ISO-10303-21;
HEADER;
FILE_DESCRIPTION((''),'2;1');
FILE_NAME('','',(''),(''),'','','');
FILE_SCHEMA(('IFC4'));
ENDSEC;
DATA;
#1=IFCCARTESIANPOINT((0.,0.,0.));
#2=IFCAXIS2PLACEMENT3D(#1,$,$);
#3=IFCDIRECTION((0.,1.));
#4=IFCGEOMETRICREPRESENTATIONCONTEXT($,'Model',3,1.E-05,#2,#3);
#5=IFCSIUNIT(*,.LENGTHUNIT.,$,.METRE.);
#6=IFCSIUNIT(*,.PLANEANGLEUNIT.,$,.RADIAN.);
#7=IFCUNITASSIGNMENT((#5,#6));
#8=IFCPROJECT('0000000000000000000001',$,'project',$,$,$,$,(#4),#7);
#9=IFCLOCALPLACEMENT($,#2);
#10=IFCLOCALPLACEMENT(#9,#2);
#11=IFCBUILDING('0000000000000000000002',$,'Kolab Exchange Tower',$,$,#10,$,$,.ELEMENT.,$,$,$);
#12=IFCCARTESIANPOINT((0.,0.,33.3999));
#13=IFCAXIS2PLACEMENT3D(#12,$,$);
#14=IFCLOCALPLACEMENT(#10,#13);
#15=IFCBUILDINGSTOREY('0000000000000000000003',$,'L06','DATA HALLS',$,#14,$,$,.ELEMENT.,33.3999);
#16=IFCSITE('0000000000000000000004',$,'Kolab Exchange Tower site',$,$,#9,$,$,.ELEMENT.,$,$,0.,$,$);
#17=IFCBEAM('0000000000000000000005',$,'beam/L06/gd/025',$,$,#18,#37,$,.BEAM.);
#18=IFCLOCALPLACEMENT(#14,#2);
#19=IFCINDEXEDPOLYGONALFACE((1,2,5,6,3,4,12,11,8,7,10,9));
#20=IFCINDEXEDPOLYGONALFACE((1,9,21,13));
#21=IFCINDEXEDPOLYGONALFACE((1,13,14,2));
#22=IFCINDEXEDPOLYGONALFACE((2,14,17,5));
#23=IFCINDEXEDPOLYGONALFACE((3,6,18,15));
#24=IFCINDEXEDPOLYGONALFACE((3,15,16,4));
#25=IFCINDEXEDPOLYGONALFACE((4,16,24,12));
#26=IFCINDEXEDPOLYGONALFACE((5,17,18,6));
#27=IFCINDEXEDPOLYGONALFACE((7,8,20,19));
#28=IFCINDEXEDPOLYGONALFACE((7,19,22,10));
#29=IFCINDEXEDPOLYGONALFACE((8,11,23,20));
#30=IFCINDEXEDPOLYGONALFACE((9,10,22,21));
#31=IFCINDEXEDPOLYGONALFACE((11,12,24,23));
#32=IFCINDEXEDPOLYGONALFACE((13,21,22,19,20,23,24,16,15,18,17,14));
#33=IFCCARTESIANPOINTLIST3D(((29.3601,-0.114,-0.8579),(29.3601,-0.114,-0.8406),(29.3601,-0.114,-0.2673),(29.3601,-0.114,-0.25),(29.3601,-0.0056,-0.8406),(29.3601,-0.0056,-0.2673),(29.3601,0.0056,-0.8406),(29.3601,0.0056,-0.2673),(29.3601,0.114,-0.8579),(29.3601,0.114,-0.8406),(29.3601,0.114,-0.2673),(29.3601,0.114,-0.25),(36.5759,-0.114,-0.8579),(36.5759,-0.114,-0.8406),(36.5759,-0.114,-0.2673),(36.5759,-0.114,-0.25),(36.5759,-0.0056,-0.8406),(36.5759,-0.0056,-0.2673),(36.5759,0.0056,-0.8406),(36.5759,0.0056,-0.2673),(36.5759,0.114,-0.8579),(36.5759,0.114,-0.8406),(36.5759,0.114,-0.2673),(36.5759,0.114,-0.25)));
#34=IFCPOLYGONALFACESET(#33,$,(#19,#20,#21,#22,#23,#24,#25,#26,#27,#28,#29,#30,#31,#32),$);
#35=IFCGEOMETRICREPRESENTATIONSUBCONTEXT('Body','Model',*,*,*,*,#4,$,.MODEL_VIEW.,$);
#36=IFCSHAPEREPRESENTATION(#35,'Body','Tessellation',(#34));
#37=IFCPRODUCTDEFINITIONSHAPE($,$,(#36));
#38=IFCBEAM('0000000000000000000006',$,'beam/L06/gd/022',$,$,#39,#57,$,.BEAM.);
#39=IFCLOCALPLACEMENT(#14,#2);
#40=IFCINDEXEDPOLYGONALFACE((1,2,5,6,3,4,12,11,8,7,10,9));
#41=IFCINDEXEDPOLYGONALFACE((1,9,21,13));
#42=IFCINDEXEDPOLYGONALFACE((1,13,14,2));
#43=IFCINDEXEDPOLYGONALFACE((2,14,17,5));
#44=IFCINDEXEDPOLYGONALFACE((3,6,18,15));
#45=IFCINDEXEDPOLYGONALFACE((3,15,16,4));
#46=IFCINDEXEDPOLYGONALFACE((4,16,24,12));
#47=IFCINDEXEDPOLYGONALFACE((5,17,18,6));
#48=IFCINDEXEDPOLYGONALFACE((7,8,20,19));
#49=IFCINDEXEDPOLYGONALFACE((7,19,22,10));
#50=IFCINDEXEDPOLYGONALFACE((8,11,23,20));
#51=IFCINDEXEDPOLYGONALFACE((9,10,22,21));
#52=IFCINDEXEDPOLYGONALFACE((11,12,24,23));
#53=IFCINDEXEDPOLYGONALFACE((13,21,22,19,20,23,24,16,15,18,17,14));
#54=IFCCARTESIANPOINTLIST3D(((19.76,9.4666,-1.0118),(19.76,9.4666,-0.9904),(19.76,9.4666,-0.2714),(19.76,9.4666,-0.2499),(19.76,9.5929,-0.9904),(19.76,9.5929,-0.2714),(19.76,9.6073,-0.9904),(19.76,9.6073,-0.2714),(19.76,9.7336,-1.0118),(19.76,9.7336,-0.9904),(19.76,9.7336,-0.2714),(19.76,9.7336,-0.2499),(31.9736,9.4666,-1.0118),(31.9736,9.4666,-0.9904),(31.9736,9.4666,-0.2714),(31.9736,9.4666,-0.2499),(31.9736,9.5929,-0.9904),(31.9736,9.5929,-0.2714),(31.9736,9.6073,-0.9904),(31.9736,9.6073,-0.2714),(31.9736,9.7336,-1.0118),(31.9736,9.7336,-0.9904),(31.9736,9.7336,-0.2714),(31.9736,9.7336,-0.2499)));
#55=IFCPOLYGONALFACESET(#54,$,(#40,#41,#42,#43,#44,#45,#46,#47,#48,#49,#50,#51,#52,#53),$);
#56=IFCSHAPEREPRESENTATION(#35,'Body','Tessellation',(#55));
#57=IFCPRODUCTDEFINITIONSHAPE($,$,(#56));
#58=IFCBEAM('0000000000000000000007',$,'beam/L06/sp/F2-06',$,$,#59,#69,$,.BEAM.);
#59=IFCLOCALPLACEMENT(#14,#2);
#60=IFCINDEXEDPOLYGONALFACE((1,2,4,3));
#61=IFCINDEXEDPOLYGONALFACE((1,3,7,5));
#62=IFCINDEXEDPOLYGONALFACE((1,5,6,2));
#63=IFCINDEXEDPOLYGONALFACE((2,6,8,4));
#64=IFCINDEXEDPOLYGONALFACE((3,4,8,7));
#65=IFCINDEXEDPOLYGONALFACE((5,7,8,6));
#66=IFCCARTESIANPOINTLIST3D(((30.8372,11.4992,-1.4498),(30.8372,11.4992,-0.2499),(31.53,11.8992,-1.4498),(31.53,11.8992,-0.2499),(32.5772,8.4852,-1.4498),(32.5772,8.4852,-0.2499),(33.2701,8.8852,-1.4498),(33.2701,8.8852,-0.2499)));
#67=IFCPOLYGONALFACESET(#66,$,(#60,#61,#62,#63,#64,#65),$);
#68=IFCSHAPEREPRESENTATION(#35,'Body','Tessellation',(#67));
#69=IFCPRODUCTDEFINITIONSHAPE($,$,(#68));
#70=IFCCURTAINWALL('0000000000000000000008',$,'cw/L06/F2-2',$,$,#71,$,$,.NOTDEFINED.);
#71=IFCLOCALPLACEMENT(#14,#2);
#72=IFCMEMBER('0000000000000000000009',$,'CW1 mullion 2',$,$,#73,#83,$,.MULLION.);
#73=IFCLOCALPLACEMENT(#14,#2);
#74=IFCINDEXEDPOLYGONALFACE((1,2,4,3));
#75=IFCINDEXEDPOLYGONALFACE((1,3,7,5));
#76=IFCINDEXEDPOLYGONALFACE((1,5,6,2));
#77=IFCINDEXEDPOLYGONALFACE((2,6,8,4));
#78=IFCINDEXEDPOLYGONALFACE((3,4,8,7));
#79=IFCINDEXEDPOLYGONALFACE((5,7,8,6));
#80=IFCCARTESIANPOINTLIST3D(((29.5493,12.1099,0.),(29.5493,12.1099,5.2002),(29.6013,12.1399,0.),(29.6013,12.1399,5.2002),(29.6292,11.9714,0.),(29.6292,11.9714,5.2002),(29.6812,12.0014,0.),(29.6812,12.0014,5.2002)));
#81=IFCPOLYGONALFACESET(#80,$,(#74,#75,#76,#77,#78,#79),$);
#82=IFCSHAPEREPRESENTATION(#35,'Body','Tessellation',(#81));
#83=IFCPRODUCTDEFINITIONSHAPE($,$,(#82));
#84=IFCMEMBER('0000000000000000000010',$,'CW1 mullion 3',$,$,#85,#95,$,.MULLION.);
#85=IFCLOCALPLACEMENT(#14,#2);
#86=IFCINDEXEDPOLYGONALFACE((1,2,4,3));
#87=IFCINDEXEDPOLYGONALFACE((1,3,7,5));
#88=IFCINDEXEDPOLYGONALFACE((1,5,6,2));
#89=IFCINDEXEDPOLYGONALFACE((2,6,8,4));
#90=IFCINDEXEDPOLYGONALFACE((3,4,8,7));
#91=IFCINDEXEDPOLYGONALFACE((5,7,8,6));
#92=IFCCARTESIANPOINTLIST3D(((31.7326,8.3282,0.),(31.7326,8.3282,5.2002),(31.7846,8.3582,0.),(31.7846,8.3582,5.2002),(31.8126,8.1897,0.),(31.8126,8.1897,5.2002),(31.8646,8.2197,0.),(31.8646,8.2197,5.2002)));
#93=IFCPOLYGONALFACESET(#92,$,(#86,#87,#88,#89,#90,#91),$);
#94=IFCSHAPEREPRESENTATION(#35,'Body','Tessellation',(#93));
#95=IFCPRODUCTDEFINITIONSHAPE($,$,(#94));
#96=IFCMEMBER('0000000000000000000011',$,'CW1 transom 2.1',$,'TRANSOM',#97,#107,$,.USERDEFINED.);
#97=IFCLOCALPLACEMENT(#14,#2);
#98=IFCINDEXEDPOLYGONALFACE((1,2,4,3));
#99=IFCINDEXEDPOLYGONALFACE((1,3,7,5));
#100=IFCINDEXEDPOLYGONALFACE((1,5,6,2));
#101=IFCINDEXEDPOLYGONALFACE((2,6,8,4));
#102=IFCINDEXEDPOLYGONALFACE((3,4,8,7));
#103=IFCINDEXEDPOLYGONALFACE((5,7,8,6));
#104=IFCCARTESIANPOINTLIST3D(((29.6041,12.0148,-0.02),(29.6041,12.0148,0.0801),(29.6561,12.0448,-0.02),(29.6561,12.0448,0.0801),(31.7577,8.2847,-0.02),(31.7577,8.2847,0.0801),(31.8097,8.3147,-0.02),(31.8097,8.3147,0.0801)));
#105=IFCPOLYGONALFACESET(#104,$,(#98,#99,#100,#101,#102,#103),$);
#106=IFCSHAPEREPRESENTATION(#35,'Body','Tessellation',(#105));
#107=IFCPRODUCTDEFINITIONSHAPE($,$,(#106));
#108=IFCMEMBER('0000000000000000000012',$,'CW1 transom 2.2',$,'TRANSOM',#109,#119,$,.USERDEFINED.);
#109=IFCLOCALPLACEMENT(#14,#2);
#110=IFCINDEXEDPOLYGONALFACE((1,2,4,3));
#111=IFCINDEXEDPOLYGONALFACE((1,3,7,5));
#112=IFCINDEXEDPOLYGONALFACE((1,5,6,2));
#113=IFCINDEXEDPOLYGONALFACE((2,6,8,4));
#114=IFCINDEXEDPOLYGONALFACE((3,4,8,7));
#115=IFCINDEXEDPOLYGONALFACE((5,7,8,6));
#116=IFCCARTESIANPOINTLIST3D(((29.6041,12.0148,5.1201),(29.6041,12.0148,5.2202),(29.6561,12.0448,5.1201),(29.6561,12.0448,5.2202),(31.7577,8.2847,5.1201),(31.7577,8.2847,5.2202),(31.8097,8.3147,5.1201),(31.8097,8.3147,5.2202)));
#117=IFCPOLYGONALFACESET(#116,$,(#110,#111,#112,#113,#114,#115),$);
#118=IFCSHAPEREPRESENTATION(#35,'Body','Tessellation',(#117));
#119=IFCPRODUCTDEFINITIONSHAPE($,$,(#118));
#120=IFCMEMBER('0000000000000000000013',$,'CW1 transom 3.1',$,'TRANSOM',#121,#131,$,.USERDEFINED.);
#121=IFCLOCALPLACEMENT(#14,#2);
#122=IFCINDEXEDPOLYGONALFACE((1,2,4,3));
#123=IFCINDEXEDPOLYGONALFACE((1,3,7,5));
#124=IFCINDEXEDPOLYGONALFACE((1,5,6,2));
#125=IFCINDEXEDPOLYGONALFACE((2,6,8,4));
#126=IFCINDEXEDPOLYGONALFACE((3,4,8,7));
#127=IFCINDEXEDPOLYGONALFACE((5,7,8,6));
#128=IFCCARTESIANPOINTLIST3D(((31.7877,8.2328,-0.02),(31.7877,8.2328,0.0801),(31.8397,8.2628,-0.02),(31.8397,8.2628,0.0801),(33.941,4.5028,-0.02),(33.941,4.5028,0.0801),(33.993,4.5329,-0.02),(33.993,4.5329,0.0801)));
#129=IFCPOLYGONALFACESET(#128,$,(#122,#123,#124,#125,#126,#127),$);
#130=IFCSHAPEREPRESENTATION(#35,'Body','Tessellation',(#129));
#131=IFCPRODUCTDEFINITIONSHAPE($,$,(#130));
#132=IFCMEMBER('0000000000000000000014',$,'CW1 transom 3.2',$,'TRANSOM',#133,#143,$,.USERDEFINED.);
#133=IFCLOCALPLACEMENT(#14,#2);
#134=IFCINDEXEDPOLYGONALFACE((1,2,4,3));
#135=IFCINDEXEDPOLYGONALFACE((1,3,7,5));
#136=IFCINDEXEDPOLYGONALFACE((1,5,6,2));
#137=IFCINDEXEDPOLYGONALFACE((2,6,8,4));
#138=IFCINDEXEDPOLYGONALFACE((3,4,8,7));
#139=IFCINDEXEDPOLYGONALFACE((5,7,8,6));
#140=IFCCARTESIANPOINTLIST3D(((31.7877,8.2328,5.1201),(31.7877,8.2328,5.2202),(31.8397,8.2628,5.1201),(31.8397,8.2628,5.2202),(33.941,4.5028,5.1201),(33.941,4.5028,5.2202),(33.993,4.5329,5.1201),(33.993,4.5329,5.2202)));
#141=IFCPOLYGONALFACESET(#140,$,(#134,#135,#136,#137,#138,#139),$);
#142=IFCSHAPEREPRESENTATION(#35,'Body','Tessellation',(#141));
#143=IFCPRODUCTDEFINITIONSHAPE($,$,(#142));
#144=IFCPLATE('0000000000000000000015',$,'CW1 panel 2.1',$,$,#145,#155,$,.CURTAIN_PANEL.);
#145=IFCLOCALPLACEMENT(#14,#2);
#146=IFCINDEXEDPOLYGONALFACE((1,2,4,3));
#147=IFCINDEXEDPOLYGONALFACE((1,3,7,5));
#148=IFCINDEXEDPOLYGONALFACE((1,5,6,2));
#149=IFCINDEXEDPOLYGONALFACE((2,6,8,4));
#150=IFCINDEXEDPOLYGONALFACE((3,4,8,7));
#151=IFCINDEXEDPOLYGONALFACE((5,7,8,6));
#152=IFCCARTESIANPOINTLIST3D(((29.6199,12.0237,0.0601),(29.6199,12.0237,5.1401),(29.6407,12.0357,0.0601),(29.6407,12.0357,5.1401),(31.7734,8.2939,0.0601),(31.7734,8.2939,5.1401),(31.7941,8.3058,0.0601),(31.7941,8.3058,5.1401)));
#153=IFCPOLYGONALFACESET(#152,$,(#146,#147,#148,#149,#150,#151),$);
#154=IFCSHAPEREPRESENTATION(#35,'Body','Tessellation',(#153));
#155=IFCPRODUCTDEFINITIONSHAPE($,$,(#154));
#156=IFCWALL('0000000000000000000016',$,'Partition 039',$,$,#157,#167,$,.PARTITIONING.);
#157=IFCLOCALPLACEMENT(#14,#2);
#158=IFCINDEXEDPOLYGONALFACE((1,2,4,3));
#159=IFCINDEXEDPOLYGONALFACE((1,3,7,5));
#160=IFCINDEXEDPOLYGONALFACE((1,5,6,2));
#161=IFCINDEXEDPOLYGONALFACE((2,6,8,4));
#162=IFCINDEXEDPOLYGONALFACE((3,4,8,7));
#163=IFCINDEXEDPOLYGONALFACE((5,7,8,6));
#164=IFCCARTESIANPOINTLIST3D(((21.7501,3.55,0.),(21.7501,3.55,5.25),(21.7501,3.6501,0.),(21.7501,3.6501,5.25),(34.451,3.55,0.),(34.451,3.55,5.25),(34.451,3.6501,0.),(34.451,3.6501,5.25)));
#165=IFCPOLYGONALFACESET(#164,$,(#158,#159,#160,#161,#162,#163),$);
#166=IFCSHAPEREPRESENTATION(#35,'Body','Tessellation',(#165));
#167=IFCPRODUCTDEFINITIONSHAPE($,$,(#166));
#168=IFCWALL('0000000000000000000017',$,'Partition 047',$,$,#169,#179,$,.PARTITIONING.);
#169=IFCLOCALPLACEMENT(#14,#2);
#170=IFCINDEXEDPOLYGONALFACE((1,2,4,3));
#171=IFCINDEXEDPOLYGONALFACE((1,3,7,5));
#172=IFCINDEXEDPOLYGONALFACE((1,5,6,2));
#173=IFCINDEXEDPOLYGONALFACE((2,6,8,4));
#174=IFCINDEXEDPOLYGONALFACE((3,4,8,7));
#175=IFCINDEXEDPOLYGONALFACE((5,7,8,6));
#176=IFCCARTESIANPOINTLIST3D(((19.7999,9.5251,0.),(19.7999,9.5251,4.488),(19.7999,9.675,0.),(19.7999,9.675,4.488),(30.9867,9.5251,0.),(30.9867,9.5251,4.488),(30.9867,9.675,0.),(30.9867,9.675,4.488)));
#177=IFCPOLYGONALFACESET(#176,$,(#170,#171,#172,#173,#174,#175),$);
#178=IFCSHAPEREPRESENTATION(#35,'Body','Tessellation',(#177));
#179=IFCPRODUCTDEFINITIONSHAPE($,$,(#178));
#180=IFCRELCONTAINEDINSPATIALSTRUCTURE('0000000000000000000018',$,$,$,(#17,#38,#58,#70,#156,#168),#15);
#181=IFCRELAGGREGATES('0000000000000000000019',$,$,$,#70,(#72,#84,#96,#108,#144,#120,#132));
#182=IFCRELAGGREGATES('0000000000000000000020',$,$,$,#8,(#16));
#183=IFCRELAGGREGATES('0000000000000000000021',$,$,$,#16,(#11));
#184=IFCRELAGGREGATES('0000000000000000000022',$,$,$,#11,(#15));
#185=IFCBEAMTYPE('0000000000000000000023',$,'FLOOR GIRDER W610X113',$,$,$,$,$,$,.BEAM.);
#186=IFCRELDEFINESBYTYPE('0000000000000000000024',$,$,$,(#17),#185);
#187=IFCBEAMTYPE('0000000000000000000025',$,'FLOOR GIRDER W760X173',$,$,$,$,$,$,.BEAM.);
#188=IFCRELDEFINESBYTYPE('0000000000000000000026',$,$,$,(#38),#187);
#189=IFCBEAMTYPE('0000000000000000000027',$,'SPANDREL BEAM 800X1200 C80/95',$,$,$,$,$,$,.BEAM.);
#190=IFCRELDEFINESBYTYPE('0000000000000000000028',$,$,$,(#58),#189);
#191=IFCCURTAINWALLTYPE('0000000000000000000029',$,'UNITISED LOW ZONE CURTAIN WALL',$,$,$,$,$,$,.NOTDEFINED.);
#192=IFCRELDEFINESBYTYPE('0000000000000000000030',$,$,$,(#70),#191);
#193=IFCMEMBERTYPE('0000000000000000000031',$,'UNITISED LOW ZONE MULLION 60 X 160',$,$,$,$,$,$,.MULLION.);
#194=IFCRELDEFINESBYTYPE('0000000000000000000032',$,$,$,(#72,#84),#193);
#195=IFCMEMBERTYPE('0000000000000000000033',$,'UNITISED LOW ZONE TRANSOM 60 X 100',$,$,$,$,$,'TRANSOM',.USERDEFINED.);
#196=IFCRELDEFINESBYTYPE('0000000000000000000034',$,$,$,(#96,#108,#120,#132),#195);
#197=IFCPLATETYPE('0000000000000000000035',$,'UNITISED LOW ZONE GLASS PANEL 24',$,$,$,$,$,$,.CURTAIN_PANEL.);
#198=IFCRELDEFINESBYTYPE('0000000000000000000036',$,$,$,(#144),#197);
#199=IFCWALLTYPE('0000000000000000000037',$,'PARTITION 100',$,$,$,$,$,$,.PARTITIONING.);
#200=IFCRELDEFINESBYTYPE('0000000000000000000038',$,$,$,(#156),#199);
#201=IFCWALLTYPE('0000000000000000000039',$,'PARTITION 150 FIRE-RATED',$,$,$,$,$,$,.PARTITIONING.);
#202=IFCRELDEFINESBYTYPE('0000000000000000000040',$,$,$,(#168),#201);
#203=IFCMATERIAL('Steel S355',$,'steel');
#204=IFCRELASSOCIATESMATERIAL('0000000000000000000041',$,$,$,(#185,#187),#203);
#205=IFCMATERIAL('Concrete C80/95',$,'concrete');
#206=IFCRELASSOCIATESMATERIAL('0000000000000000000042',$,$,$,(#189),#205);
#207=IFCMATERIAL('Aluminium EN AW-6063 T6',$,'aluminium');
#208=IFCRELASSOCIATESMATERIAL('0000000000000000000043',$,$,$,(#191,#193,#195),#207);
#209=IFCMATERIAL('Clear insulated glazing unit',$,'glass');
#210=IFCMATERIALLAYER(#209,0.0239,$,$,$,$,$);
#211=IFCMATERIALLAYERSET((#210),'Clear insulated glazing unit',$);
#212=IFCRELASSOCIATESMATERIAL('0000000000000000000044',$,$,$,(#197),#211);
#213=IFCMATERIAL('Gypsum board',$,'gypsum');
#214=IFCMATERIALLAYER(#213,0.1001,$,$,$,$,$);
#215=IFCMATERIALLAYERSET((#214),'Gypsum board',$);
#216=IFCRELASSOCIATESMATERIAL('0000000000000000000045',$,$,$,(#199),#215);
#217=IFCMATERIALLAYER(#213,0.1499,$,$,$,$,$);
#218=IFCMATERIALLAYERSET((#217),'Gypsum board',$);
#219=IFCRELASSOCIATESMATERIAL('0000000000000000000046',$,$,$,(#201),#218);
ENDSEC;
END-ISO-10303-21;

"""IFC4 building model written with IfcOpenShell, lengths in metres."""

from ifc_helpers import new_model, si_unit, direction, frame, frame_2d, origin, origin_2d, place, context, subcontext, project, spatial, rectangle, i_section, extrude, material, layer, layer_set, material_profile, profile_set, type_object, element, aggregate, save


model = new_model("IFC4")

# Units and contexts
model_context = context("Model", 3, precision=1e-05, world=origin(), true_north=direction((0.0, 1.0)))
body_context = subcontext(model_context, "Body", "Model", "MODEL_VIEW")
ifc_project = project(units=[si_unit("LENGTHUNIT", "METRE"), si_unit("PLANEANGLEUNIT", "RADIAN")], contexts=[model_context])

# Site, building, storey
site_placement = place(None, origin())
site = spatial("IfcSite", under=ifc_project, at=site_placement, Name="Kolab Exchange Tower site", CompositionType="ELEMENT", RefElevation=0.0)
building_placement = place(site_placement, origin())
building = spatial("IfcBuilding", under=site, at=building_placement, Name="Kolab Exchange Tower", CompositionType="ELEMENT")
storey_placement = place(building_placement, frame((0.0, 0.0, 33.3999)))
storey = spatial("IfcBuildingStorey", under=building, at=storey_placement, Name="L06", Description="DATA HALLS", CompositionType="ELEMENT", Elevation=33.3999)

# Shared definitions
ifc_material_1 = material(Name="Concrete C80/95", Category="concrete")

# Beams
ifc_material_2 = material(Name="Steel S355", Category="steel")
ifc_material_profile_1 = material_profile(ifc_material_2, i_section(OverallWidth=0.228, OverallDepth=0.6079, WebThickness=0.0112, FlangeThickness=0.0173, at=origin_2d()), Name="W610X113")
ifc_profile_set_1 = profile_set([ifc_material_profile_1], Name="Steel S355")
beam_type_1 = type_object("IfcBeamType", Name="FLOOR GIRDER W610X113", PredefinedType="BEAM", material=ifc_profile_set_1)
beam_1_placement = place(storey_placement, frame((29.3601, 0.0, -0.554), z_axis=(1.0, 0.0, 0.0), x_axis=(0.0, 1.0, 0.0)))
element("IfcBeam", 1, at=beam_1_placement, inside=storey, type_object=beam_type_1, Name="beam/L06/gd/025", PredefinedType="BEAM", context=body_context, shape_type="SweptSolid", body=[
    extrude(i_section(OverallWidth=0.228, OverallDepth=0.6079, WebThickness=0.0112, FlangeThickness=0.0173, at=origin_2d()), origin(), (0.0, 0.0, 1.0), 7.2158),
])
ifc_material_profile_2 = material_profile(ifc_material_2, i_section(OverallWidth=0.2671, OverallDepth=0.762, WebThickness=0.0144, FlangeThickness=0.0215, at=origin_2d()), Name="W760X173")
ifc_profile_set_2 = profile_set([ifc_material_profile_2], Name="Steel S355")
beam_type_2 = type_object("IfcBeamType", Name="FLOOR GIRDER W760X173", PredefinedType="BEAM", material=ifc_profile_set_2)
beam_2_placement = place(storey_placement, frame((19.76, 9.6001, -0.6309), z_axis=(1.0, 0.0, 0.0), x_axis=(0.0, 1.0, 0.0)))
element("IfcBeam", 2, at=beam_2_placement, inside=storey, type_object=beam_type_2, Name="beam/L06/gd/022", PredefinedType="BEAM", context=body_context, shape_type="SweptSolid", body=[
    extrude(i_section(OverallWidth=0.2671, OverallDepth=0.762, WebThickness=0.0144, FlangeThickness=0.0215, at=origin_2d()), origin(), (0.0, 0.0, 1.0), 12.2136),
])
ifc_material_profile_3 = material_profile(ifc_material_1, rectangle(XDim=0.8, YDim=1.2, at=origin_2d()), Name="RC800X1200")
ifc_profile_set_3 = profile_set([ifc_material_profile_3], Name="Concrete C80/95")
beam_type_3 = type_object("IfcBeamType", Name="SPANDREL BEAM 800X1200 C80/95", PredefinedType="BEAM", material=ifc_profile_set_3)
beam_3_placement = place(storey_placement, frame((31.1836, 11.6992, -0.8499), z_axis=(0.49998, -0.866037, 0.0), x_axis=(0.866037, 0.49998, 0.0)))
element("IfcBeam", 3, at=beam_3_placement, inside=storey, type_object=beam_type_3, Name="beam/L06/sp/F2-06", PredefinedType="BEAM", context=body_context, shape_type="SweptSolid", body=[
    extrude(rectangle(XDim=0.8, YDim=1.2, at=origin_2d()), origin(), (0.0, 0.0, 1.0), 3.4802),
])

# Curtain wall, members, plate
ifc_material_3 = material(Name="Aluminium EN AW-6063 T6", Category="aluminium")
curtain_wall_type = type_object("IfcCurtainWallType", Name="UNITISED LOW ZONE CURTAIN WALL", PredefinedType="NOTDEFINED", material=ifc_material_3)
curtain_wall_placement = place(storey_placement, origin())
curtain_wall = element("IfcCurtainWall", 4, at=curtain_wall_placement, inside=storey, type_object=curtain_wall_type, Name="cw/L06/F2-2", PredefinedType="NOTDEFINED")
ifc_material_profile_4 = material_profile(ifc_material_3, rectangle(XDim=0.0601, YDim=0.1599, at=origin_2d()), Name="RECT 60X160")
ifc_profile_set_4 = profile_set([ifc_material_profile_4], Name="Aluminium EN AW-6063 T6")
member_type_1 = type_object("IfcMemberType", Name="UNITISED LOW ZONE MULLION 60 X 160", PredefinedType="MULLION", material=ifc_profile_set_4)
member_1_placement = place(storey_placement, frame((29.6152, 12.0557, 0.0), z_axis=(0.0, 0.0, 1.0), x_axis=(0.866025, 0.5, 0.0)))
member_1 = element("IfcMember", 5, at=member_1_placement, type_object=member_type_1, Name="CW1 mullion 2", PredefinedType="MULLION", context=body_context, shape_type="SweptSolid", body=[
    extrude(rectangle(XDim=0.0601, YDim=0.1599, at=origin_2d()), origin(), (0.0, 0.0, 1.0), 5.2002),
])
member_2_placement = place(storey_placement, frame((31.7986, 8.2739, 0.0), z_axis=(0.0, 0.0, 1.0), x_axis=(0.866025, 0.5, 0.0)))
member_2 = element("IfcMember", 6, at=member_2_placement, type_object=member_type_1, Name="CW1 mullion 3", PredefinedType="MULLION", context=body_context, shape_type="SweptSolid", body=[
    extrude(rectangle(XDim=0.0601, YDim=0.1599, at=origin_2d()), origin(), (0.0, 0.0, 1.0), 5.2002),
])
ifc_material_profile_5 = material_profile(ifc_material_3, rectangle(XDim=0.0601, YDim=0.1001, at=origin_2d()), Name="RECT 60X100")
ifc_profile_set_5 = profile_set([ifc_material_profile_5], Name="Aluminium EN AW-6063 T6")
member_type_2 = type_object("IfcMemberType", Name="UNITISED LOW ZONE TRANSOM 60 X 100", ElementType="TRANSOM", PredefinedType="USERDEFINED", material=ifc_profile_set_5)
member_3_placement = place(storey_placement, frame((29.6301, 12.0298, 0.03), z_axis=(0.50001, -0.866019, 0.0), x_axis=(0.866019, 0.50001, 0.0)))
member_3 = element("IfcMember", 7, at=member_3_placement, type_object=member_type_2, Name="CW1 transom 2.1", ObjectType="TRANSOM", PredefinedType="USERDEFINED", context=body_context, shape_type="SweptSolid", body=[
    extrude(rectangle(XDim=0.0601, YDim=0.1001, at=origin_2d()), origin(), (0.0, 0.0, 1.0), 4.3071),
])
member_4_placement = place(storey_placement, frame((29.6301, 12.0298, 5.1702), z_axis=(0.50001, -0.866019, 0.0), x_axis=(0.866019, 0.50001, 0.0)))
member_4 = element("IfcMember", 8, at=member_4_placement, type_object=member_type_2, Name="CW1 transom 2.2", ObjectType="TRANSOM", PredefinedType="USERDEFINED", context=body_context, shape_type="SweptSolid", body=[
    extrude(rectangle(XDim=0.0601, YDim=0.1001, at=origin_2d()), origin(), (0.0, 0.0, 1.0), 4.3071),
])
member_5_placement = place(storey_placement, frame((31.8137, 8.2478, 0.03), z_axis=(0.499968, -0.866044, 0.0), x_axis=(0.866044, 0.499968, 0.0)))
member_5 = element("IfcMember", 9, at=member_5_placement, type_object=member_type_2, Name="CW1 transom 3.1", ObjectType="TRANSOM", PredefinedType="USERDEFINED", context=body_context, shape_type="SweptSolid", body=[
    extrude(rectangle(XDim=0.0601, YDim=0.1001, at=origin_2d()), origin(), (0.0, 0.0, 1.0), 4.3069),
])
member_6_placement = place(storey_placement, frame((31.8137, 8.2478, 5.1702), z_axis=(0.499968, -0.866044, 0.0), x_axis=(0.866044, 0.499968, 0.0)))
member_6 = element("IfcMember", 10, at=member_6_placement, type_object=member_type_2, Name="CW1 transom 3.2", ObjectType="TRANSOM", PredefinedType="USERDEFINED", context=body_context, shape_type="SweptSolid", body=[
    extrude(rectangle(XDim=0.0601, YDim=0.1001, at=origin_2d()), origin(), (0.0, 0.0, 1.0), 4.3069),
])
ifc_material_4 = material(Name="Clear insulated glazing unit", Category="glass")
ifc_layer_1 = layer(ifc_material_4, 0.0239)
ifc_layer_set_1 = layer_set([ifc_layer_1], Name="Clear insulated glazing unit")
plate_type = type_object("IfcPlateType", Name="UNITISED LOW ZONE GLASS PANEL 24", PredefinedType="CURTAIN_PANEL", material=ifc_layer_set_1)
plate_placement = place(storey_placement, frame((30.707, 10.1648, 0.0601), z_axis=(0.0, 0.0, 1.0), x_axis=(0.5, -0.866025, 0.0)))
plate = element("IfcPlate", 11, at=plate_placement, type_object=plate_type, Name="CW1 panel 2.1", PredefinedType="CURTAIN_PANEL", context=body_context, shape_type="SweptSolid", body=[
    extrude(rectangle(XDim=4.3069, YDim=0.0239, at=origin_2d()), origin(), (0.0, 0.0, 1.0), 5.0801),
])
aggregate(curtain_wall, [member_1, member_2, member_3, member_4, plate, member_5, member_6])

# Walls
ifc_material_5 = material(Name="Gypsum board", Category="gypsum")
ifc_layer_2 = layer(ifc_material_5, 0.1001)
ifc_layer_set_2 = layer_set([ifc_layer_2], Name="Gypsum board")
wall_type_1 = type_object("IfcWallType", Name="PARTITION 100", PredefinedType="PARTITIONING", material=ifc_layer_set_2)
wall_1_placement = place(storey_placement, frame((21.75, 3.6001, 0.0), z_axis=(0.0, 0.0, 1.0), x_axis=(1.0, 0.0, 0.0)))
element("IfcWall", 12, at=wall_1_placement, inside=storey, type_object=wall_type_1, Name="Partition 039", PredefinedType="PARTITIONING", context=body_context, shape_type="SweptSolid", body=[
    extrude(rectangle(XDim=12.7009, YDim=0.1001, at=frame_2d((6.3506, 0.0))), origin(), (0.0, 0.0, 1.0), 5.25),
])
ifc_layer_3 = layer(ifc_material_5, 0.1499)
ifc_layer_set_3 = layer_set([ifc_layer_3], Name="Gypsum board")
wall_type_2 = type_object("IfcWallType", Name="PARTITION 150 FIRE-RATED", PredefinedType="PARTITIONING", material=ifc_layer_set_3)
wall_2_placement = place(storey_placement, frame((19.8, 9.6001, 0.0), z_axis=(0.0, 0.0, 1.0), x_axis=(1.0, 0.0, 0.0)))
element("IfcWall", 13, at=wall_2_placement, inside=storey, type_object=wall_type_2, Name="Partition 047", PredefinedType="PARTITIONING", context=body_context, shape_type="SweptSolid", body=[
    extrude(rectangle(XDim=11.1868, YDim=0.1499, at=frame_2d((5.5933, 0.0))), origin(), (0.0, 0.0, 1.0), 4.488),
])

save(model, "model.ifc")
